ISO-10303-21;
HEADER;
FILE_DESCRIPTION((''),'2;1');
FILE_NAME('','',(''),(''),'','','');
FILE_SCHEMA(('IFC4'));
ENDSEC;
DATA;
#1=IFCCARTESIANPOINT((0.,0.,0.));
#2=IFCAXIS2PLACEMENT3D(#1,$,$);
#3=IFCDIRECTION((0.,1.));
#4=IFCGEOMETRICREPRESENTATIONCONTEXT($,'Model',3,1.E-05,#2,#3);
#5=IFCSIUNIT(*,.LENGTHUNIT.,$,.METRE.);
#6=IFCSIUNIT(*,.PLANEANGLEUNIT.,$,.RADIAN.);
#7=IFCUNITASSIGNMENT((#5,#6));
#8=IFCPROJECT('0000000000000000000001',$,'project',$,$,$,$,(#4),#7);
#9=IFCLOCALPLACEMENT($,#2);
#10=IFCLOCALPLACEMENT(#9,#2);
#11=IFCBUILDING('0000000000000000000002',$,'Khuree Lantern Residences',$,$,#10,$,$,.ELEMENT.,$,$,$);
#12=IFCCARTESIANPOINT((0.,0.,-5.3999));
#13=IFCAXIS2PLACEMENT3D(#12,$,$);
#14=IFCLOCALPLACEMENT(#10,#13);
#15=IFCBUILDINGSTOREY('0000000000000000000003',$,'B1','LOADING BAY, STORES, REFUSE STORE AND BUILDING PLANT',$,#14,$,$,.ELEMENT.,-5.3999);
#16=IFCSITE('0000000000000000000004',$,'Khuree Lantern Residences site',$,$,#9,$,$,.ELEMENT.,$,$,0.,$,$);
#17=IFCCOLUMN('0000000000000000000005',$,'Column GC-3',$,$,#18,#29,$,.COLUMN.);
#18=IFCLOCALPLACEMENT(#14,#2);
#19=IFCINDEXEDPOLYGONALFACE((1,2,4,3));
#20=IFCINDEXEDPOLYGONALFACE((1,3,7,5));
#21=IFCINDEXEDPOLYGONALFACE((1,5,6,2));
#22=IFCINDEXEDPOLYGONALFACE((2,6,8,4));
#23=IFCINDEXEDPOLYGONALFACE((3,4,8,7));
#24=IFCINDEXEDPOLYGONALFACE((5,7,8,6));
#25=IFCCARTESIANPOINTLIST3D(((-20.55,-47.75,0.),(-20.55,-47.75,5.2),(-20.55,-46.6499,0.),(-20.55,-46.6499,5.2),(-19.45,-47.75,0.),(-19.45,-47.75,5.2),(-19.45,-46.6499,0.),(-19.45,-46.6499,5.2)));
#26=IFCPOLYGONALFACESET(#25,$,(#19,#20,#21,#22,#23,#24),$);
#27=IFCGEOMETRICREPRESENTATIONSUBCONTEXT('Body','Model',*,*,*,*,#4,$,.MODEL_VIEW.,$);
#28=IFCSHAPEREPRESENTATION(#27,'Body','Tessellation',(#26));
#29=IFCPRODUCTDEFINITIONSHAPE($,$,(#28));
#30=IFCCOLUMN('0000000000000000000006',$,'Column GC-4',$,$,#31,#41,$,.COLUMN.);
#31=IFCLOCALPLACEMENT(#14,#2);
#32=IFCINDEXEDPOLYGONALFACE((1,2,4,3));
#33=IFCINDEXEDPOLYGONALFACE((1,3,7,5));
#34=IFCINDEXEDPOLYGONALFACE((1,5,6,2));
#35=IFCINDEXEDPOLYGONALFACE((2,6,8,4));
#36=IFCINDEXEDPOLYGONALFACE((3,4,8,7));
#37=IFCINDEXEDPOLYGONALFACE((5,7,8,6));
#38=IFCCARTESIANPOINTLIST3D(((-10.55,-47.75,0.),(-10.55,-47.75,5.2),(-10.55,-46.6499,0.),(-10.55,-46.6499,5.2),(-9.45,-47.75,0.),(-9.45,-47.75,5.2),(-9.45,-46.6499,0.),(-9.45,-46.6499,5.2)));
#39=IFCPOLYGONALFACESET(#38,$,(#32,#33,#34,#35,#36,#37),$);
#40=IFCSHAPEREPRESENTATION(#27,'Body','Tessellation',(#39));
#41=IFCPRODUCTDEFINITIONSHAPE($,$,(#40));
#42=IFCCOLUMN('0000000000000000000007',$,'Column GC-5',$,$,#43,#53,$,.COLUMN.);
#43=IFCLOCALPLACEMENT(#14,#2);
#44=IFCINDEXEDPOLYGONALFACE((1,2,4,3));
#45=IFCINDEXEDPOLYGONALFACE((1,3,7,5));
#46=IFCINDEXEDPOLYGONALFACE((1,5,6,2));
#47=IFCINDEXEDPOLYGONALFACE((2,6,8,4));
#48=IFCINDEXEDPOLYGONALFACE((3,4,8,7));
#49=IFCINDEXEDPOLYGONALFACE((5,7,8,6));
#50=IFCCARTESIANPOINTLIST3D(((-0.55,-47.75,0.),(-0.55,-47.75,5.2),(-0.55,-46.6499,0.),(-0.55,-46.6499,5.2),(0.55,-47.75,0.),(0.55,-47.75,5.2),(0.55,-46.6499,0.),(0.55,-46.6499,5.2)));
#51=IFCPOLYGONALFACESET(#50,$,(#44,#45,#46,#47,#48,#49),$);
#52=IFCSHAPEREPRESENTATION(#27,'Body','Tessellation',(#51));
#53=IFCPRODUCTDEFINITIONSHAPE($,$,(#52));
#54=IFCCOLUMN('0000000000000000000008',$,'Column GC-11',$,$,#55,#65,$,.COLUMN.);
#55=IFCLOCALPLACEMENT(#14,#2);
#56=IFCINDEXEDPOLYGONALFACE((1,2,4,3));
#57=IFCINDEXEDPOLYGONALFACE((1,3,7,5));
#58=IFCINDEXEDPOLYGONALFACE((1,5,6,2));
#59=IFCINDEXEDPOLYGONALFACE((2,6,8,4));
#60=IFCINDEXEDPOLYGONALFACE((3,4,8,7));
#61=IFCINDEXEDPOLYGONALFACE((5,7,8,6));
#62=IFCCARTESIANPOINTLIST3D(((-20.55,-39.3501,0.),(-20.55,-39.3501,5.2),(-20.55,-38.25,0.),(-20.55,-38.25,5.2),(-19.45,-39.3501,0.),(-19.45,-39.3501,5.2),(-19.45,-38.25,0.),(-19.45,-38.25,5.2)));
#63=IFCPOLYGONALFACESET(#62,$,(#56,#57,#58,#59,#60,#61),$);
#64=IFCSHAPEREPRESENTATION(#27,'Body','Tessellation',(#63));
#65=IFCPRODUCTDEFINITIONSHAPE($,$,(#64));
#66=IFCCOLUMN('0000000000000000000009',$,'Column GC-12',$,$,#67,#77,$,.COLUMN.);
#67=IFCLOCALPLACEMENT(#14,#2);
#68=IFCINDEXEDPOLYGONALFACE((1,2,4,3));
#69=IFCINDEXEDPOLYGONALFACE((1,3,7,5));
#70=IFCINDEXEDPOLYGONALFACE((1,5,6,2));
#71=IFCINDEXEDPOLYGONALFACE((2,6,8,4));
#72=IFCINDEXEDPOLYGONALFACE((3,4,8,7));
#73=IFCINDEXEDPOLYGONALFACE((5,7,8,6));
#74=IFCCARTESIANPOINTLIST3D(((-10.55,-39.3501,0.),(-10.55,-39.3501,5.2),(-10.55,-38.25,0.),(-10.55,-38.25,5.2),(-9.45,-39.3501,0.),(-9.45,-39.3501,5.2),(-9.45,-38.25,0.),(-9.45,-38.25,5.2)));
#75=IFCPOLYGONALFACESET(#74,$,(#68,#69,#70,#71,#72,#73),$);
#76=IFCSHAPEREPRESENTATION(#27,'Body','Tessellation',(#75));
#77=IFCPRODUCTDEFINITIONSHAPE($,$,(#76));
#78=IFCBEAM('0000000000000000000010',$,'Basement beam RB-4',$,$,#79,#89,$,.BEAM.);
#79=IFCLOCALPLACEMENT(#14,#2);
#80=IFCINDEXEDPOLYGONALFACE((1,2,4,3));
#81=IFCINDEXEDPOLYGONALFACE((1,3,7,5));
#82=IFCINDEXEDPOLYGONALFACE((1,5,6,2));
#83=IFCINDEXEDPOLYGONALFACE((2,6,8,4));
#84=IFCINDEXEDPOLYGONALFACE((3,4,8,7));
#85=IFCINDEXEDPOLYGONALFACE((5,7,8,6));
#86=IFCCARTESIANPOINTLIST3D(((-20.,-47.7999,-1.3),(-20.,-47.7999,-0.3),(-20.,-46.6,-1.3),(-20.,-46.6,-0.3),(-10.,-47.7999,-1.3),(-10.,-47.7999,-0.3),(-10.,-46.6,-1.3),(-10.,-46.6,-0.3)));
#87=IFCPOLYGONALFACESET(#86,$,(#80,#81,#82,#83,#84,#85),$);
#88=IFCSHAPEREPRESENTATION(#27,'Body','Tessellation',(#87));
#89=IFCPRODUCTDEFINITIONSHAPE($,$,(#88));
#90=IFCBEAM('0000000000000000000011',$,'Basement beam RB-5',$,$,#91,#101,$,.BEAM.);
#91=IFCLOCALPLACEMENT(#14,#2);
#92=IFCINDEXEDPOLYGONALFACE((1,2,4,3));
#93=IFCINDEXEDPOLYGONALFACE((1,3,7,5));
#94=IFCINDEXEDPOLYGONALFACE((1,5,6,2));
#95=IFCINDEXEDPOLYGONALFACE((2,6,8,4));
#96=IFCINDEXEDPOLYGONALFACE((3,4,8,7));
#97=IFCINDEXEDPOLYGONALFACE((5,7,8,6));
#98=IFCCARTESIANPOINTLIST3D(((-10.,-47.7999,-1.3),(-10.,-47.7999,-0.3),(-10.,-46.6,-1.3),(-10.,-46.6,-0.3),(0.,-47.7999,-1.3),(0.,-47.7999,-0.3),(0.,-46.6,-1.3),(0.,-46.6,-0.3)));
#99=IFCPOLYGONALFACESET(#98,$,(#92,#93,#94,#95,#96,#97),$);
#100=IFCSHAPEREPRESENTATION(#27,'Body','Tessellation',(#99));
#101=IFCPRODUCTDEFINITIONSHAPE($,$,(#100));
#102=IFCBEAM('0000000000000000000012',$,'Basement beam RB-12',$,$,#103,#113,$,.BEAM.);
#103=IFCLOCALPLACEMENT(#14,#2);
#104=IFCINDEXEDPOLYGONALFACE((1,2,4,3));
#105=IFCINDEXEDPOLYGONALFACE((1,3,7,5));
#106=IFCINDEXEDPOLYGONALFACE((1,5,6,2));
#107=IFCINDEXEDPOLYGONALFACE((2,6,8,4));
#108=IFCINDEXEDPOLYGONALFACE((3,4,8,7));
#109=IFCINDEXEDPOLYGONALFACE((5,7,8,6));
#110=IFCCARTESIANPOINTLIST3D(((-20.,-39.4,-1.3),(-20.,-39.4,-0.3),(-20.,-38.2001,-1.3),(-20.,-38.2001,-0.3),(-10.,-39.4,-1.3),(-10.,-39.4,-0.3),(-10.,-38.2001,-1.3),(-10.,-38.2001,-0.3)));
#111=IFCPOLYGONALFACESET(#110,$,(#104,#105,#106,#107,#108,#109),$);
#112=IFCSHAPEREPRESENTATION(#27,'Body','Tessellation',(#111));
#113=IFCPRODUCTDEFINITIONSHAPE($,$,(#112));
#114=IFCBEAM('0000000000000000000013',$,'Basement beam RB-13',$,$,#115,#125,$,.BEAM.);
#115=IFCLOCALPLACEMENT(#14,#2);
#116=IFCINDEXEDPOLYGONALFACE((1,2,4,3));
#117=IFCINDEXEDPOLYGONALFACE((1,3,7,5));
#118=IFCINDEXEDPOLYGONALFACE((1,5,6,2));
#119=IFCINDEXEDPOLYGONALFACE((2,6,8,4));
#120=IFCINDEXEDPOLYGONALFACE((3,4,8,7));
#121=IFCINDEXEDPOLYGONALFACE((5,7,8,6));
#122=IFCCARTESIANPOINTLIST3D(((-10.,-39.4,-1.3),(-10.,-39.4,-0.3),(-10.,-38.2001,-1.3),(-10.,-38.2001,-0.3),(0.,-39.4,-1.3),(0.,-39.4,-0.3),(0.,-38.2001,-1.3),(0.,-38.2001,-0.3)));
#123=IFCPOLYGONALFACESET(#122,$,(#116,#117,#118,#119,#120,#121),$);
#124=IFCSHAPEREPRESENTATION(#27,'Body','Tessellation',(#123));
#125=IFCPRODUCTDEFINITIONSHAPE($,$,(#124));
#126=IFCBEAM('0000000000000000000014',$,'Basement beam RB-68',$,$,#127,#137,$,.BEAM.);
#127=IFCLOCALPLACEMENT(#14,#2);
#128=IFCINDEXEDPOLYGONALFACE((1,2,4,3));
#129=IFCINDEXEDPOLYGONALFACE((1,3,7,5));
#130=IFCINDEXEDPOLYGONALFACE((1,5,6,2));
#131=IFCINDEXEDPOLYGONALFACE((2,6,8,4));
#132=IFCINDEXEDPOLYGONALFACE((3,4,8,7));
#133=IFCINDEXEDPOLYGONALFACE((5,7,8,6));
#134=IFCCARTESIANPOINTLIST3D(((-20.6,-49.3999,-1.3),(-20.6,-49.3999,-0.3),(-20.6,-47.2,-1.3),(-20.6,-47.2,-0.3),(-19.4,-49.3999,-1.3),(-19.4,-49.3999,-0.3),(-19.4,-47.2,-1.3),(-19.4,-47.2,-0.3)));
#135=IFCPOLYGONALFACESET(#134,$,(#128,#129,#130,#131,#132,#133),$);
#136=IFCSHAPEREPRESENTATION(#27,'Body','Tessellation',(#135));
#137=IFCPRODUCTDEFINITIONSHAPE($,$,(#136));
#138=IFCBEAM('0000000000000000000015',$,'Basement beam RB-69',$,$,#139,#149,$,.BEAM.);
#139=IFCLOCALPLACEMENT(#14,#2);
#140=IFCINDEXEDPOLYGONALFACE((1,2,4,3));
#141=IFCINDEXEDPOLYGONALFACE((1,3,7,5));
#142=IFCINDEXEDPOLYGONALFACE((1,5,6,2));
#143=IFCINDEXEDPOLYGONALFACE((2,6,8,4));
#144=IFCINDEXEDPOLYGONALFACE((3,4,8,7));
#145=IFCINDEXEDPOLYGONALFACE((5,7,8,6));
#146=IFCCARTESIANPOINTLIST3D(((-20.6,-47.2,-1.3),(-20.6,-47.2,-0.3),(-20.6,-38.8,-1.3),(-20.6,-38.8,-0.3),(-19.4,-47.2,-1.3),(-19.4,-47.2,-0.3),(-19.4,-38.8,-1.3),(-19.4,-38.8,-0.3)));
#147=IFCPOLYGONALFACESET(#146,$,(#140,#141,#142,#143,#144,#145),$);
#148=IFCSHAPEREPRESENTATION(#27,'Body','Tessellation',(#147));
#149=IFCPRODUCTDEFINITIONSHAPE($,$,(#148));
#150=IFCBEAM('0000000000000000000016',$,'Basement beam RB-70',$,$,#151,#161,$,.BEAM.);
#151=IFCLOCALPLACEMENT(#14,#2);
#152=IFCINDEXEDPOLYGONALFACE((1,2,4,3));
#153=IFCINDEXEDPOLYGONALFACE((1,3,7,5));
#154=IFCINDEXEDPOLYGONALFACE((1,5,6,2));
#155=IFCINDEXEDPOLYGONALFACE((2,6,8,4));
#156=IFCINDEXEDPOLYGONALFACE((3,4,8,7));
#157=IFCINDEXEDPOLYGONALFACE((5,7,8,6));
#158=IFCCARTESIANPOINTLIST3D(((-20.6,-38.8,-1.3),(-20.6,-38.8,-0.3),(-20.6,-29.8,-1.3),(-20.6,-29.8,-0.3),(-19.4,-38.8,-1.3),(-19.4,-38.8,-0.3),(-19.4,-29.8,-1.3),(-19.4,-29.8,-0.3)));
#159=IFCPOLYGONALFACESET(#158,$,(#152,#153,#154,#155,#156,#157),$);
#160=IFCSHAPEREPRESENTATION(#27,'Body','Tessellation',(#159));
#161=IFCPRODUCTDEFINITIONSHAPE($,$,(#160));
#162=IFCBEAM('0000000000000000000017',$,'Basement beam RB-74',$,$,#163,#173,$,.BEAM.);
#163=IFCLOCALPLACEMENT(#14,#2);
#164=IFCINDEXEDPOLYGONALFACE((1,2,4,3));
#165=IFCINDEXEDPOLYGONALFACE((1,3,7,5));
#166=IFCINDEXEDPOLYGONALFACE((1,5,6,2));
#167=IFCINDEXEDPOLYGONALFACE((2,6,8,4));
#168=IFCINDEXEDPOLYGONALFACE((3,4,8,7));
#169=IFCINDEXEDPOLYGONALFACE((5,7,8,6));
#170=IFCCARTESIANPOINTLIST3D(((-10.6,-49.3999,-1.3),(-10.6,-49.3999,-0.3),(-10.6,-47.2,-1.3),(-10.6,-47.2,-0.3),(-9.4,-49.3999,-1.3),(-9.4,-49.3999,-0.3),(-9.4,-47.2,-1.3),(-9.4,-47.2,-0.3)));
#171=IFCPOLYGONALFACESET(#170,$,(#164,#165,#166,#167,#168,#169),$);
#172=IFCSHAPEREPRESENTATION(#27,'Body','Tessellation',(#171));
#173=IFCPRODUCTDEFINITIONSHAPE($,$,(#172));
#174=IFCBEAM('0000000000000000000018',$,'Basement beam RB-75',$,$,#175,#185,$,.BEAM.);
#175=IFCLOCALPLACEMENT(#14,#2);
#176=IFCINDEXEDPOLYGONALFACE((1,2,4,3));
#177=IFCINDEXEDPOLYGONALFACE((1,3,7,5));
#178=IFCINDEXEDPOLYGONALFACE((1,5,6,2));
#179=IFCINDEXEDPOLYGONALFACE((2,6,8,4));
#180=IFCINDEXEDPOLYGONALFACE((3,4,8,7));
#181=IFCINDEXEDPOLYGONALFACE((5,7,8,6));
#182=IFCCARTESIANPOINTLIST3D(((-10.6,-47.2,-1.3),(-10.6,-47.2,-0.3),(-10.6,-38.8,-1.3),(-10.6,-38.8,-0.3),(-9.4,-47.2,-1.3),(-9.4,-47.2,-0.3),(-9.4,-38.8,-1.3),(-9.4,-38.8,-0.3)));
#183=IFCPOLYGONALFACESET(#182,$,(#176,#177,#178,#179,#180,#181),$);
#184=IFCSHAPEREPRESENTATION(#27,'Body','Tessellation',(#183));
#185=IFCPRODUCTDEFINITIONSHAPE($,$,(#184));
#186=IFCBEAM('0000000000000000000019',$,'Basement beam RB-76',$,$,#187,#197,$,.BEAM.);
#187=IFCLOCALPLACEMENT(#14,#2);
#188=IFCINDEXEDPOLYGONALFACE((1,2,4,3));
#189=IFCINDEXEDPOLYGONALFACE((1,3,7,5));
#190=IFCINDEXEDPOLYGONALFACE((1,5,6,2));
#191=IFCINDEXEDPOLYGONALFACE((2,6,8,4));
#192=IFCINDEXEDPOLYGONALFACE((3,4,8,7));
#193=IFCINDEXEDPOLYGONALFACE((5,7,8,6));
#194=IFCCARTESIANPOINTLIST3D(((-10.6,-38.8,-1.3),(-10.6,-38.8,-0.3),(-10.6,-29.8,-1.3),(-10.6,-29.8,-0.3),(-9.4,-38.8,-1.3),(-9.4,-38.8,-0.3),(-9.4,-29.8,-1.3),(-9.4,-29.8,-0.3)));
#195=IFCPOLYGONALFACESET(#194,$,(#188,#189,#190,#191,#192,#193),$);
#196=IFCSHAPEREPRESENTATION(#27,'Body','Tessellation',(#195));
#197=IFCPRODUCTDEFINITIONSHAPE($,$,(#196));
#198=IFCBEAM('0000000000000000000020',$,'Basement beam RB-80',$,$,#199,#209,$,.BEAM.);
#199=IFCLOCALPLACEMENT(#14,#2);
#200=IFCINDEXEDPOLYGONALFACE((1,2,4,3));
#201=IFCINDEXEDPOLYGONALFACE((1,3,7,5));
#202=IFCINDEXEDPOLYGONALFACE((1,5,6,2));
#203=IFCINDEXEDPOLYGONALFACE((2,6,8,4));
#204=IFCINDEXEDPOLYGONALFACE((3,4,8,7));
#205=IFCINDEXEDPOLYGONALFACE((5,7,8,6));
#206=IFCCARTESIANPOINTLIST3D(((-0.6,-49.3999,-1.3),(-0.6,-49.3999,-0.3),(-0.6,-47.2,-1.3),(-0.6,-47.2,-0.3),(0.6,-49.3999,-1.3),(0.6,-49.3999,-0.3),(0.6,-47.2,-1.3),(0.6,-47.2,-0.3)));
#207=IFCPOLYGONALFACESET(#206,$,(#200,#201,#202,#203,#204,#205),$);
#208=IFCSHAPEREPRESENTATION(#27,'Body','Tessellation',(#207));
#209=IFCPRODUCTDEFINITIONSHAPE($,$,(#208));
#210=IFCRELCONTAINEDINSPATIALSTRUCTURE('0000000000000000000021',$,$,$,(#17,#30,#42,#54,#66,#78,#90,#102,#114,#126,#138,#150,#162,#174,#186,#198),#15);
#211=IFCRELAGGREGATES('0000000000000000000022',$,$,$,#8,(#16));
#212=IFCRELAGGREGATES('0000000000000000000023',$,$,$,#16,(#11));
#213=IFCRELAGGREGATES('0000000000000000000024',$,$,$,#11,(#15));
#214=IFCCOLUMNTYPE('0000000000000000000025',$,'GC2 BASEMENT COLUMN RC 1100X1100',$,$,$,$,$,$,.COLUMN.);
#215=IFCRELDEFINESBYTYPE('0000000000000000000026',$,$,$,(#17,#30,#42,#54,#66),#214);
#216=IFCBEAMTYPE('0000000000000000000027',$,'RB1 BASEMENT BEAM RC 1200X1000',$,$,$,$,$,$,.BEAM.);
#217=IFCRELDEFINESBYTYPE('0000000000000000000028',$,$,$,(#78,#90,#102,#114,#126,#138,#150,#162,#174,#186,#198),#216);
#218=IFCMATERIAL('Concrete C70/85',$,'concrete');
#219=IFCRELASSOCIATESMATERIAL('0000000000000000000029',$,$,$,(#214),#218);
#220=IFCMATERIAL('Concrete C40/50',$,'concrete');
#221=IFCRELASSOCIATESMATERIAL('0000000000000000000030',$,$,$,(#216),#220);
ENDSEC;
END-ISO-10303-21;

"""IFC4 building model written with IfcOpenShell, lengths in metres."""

from ifc_helpers import new_model, si_unit, direction, frame, origin, origin_2d, place, context, subcontext, project, spatial, rectangle, extrude, material, material_profile, profile_set, type_object, element, save


model = new_model("IFC4")

# Units and contexts
model_context = context("Model", 3, precision=1e-05, world=origin(), true_north=direction((0.0, 1.0)))
body_context = subcontext(model_context, "Body", "Model", "MODEL_VIEW")
ifc_project = project(units=[si_unit("LENGTHUNIT", "METRE"), si_unit("PLANEANGLEUNIT", "RADIAN")], contexts=[model_context])

# Site, building, storey
site_placement = place(None, origin())
site = spatial("IfcSite", under=ifc_project, at=site_placement, Name="Khuree Lantern Residences site", CompositionType="ELEMENT", RefElevation=0.0)
building_placement = place(site_placement, origin())
building = spatial("IfcBuilding", under=site, at=building_placement, Name="Khuree Lantern Residences", CompositionType="ELEMENT")
storey_placement = place(building_placement, frame((0.0, 0.0, -5.3999)))
storey = spatial("IfcBuildingStorey", under=building, at=storey_placement, Name="B1", Description="LOADING BAY, STORES, REFUSE STORE AND BUILDING PLANT", CompositionType="ELEMENT", Elevation=-5.3999)

# Columns
ifc_material_1 = material(Name="Concrete C70/85", Category="concrete")
ifc_material_profile_1 = material_profile(ifc_material_1, rectangle(XDim=1.1001, YDim=1.1001, at=origin_2d()), Name="RC 1100X1100")
ifc_profile_set_1 = profile_set([ifc_material_profile_1], Name="Concrete C70/85")
column_type = type_object("IfcColumnType", Name="GC2 BASEMENT COLUMN RC 1100X1100", PredefinedType="COLUMN", material=ifc_profile_set_1)
for number, where, z_axis, x_axis, name in (
    (1, (-20.0, -47.2, 0.0), (0.0, 0.0, 1.0), (1.0, 0.0, 0.0), "Column GC-3"),
    (2, (-10.0, -47.2, 0.0), (0.0, 0.0, 1.0), (1.0, 0.0, 0.0), "Column GC-4"),
    (3, (0.0, -47.2, 0.0), (0.0, 0.0, 1.0), (1.0, 0.0, 0.0), "Column GC-5"),
    (4, (-20.0, -38.8, 0.0), (0.0, 0.0, 1.0), (1.0, 0.0, 0.0), "Column GC-11"),
    (5, (-10.0, -38.8, 0.0), (0.0, 0.0, 1.0), (1.0, 0.0, 0.0), "Column GC-12"),
):
    element("IfcColumn", number, at=place(storey_placement, frame(where, z_axis=z_axis, x_axis=x_axis)), inside=storey, type_object=column_type, Name=name, PredefinedType="COLUMN", context=body_context, shape_type="SweptSolid", body=[
        extrude(rectangle(XDim=1.1001, YDim=1.1001, at=origin_2d()), origin(), (0.0, 0.0, 1.0), 5.2),
    ])

# Beams
ifc_material_2 = material(Name="Concrete C40/50", Category="concrete")
ifc_material_profile_2 = material_profile(ifc_material_2, rectangle(XDim=1.2, YDim=1.0, at=origin_2d()), Name="RC 1200X1000")
ifc_profile_set_2 = profile_set([ifc_material_profile_2], Name="Concrete C40/50")
beam_type_1 = type_object("IfcBeamType", Name="RB1 BASEMENT BEAM RC 1200X1000", PredefinedType="BEAM", material=ifc_profile_set_2)
for number, where, z_axis, x_axis, name in (
    (6, (-20.0, -47.2, -0.8), (1.0, 0.0, 0.0), (0.0, 1.0, 0.0), "Basement beam RB-4"),
    (7, (-10.0, -47.2, -0.8), (1.0, 0.0, 0.0), (0.0, 1.0, 0.0), "Basement beam RB-5"),
    (8, (-20.0, -38.8, -0.8), (1.0, 0.0, 0.0), (0.0, 1.0, 0.0), "Basement beam RB-12"),
    (9, (-10.0, -38.8, -0.8), (1.0, 0.0, 0.0), (0.0, 1.0, 0.0), "Basement beam RB-13"),
):
    element("IfcBeam", number, at=place(storey_placement, frame(where, z_axis=z_axis, x_axis=x_axis)), inside=storey, type_object=beam_type_1, Name=name, PredefinedType="BEAM", context=body_context, shape_type="SweptSolid", body=[
        extrude(rectangle(XDim=1.2, YDim=1.0, at=origin_2d()), origin(), (0.0, 0.0, 1.0), 10.0),
    ])
beam_1_placement = place(storey_placement, frame((-20.0, -49.3999, -0.8), z_axis=(0.0, 1.0, 0.0), x_axis=(-1.0, 0.0, 0.0)))
element("IfcBeam", 10, at=beam_1_placement, inside=storey, type_object=beam_type_1, Name="Basement beam RB-68", PredefinedType="BEAM", context=body_context, shape_type="SweptSolid", body=[
    extrude(rectangle(XDim=1.2, YDim=1.0, at=origin_2d()), origin(), (0.0, 0.0, 1.0), 2.2),
])
beam_2_placement = place(storey_placement, frame((-20.0, -47.2, -0.8), z_axis=(0.0, 1.0, 0.0), x_axis=(-1.0, 0.0, 0.0)))
element("IfcBeam", 11, at=beam_2_placement, inside=storey, type_object=beam_type_1, Name="Basement beam RB-69", PredefinedType="BEAM", context=body_context, shape_type="SweptSolid", body=[
    extrude(rectangle(XDim=1.2, YDim=1.0, at=origin_2d()), origin(), (0.0, 0.0, 1.0), 8.3999),
])
beam_3_placement = place(storey_placement, frame((-20.0, -38.8, -0.8), z_axis=(0.0, 1.0, 0.0), x_axis=(-1.0, 0.0, 0.0)))
element("IfcBeam", 12, at=beam_3_placement, inside=storey, type_object=beam_type_1, Name="Basement beam RB-70", PredefinedType="BEAM", context=body_context, shape_type="SweptSolid", body=[
    extrude(rectangle(XDim=1.2, YDim=1.0, at=origin_2d()), origin(), (0.0, 0.0, 1.0), 9.0),
])
beam_4_placement = place(storey_placement, frame((-10.0, -49.3999, -0.8), z_axis=(0.0, 1.0, 0.0), x_axis=(-1.0, 0.0, 0.0)))
element("IfcBeam", 13, at=beam_4_placement, inside=storey, type_object=beam_type_1, Name="Basement beam RB-74", PredefinedType="BEAM", context=body_context, shape_type="SweptSolid", body=[
    extrude(rectangle(XDim=1.2, YDim=1.0, at=origin_2d()), origin(), (0.0, 0.0, 1.0), 2.2),
])
beam_5_placement = place(storey_placement, frame((-10.0, -47.2, -0.8), z_axis=(0.0, 1.0, 0.0), x_axis=(-1.0, 0.0, 0.0)))
element("IfcBeam", 14, at=beam_5_placement, inside=storey, type_object=beam_type_1, Name="Basement beam RB-75", PredefinedType="BEAM", context=body_context, shape_type="SweptSolid", body=[
    extrude(rectangle(XDim=1.2, YDim=1.0, at=origin_2d()), origin(), (0.0, 0.0, 1.0), 8.3999),
])
beam_6_placement = place(storey_placement, frame((-10.0, -38.8, -0.8), z_axis=(0.0, 1.0, 0.0), x_axis=(-1.0, 0.0, 0.0)))
element("IfcBeam", 15, at=beam_6_placement, inside=storey, type_object=beam_type_1, Name="Basement beam RB-76", PredefinedType="BEAM", context=body_context, shape_type="SweptSolid", body=[
    extrude(rectangle(XDim=1.2, YDim=1.0, at=origin_2d()), origin(), (0.0, 0.0, 1.0), 9.0),
])
beam_7_placement = place(storey_placement, frame((0.0, -49.3999, -0.8), z_axis=(0.0, 1.0, 0.0), x_axis=(-1.0, 0.0, 0.0)))
element("IfcBeam", 16, at=beam_7_placement, inside=storey, type_object=beam_type_1, Name="Basement beam RB-80", PredefinedType="BEAM", context=body_context, shape_type="SweptSolid", body=[
    extrude(rectangle(XDim=1.2, YDim=1.0, at=origin_2d()), origin(), (0.0, 0.0, 1.0), 2.2),
])

save(model, "model.ifc")
